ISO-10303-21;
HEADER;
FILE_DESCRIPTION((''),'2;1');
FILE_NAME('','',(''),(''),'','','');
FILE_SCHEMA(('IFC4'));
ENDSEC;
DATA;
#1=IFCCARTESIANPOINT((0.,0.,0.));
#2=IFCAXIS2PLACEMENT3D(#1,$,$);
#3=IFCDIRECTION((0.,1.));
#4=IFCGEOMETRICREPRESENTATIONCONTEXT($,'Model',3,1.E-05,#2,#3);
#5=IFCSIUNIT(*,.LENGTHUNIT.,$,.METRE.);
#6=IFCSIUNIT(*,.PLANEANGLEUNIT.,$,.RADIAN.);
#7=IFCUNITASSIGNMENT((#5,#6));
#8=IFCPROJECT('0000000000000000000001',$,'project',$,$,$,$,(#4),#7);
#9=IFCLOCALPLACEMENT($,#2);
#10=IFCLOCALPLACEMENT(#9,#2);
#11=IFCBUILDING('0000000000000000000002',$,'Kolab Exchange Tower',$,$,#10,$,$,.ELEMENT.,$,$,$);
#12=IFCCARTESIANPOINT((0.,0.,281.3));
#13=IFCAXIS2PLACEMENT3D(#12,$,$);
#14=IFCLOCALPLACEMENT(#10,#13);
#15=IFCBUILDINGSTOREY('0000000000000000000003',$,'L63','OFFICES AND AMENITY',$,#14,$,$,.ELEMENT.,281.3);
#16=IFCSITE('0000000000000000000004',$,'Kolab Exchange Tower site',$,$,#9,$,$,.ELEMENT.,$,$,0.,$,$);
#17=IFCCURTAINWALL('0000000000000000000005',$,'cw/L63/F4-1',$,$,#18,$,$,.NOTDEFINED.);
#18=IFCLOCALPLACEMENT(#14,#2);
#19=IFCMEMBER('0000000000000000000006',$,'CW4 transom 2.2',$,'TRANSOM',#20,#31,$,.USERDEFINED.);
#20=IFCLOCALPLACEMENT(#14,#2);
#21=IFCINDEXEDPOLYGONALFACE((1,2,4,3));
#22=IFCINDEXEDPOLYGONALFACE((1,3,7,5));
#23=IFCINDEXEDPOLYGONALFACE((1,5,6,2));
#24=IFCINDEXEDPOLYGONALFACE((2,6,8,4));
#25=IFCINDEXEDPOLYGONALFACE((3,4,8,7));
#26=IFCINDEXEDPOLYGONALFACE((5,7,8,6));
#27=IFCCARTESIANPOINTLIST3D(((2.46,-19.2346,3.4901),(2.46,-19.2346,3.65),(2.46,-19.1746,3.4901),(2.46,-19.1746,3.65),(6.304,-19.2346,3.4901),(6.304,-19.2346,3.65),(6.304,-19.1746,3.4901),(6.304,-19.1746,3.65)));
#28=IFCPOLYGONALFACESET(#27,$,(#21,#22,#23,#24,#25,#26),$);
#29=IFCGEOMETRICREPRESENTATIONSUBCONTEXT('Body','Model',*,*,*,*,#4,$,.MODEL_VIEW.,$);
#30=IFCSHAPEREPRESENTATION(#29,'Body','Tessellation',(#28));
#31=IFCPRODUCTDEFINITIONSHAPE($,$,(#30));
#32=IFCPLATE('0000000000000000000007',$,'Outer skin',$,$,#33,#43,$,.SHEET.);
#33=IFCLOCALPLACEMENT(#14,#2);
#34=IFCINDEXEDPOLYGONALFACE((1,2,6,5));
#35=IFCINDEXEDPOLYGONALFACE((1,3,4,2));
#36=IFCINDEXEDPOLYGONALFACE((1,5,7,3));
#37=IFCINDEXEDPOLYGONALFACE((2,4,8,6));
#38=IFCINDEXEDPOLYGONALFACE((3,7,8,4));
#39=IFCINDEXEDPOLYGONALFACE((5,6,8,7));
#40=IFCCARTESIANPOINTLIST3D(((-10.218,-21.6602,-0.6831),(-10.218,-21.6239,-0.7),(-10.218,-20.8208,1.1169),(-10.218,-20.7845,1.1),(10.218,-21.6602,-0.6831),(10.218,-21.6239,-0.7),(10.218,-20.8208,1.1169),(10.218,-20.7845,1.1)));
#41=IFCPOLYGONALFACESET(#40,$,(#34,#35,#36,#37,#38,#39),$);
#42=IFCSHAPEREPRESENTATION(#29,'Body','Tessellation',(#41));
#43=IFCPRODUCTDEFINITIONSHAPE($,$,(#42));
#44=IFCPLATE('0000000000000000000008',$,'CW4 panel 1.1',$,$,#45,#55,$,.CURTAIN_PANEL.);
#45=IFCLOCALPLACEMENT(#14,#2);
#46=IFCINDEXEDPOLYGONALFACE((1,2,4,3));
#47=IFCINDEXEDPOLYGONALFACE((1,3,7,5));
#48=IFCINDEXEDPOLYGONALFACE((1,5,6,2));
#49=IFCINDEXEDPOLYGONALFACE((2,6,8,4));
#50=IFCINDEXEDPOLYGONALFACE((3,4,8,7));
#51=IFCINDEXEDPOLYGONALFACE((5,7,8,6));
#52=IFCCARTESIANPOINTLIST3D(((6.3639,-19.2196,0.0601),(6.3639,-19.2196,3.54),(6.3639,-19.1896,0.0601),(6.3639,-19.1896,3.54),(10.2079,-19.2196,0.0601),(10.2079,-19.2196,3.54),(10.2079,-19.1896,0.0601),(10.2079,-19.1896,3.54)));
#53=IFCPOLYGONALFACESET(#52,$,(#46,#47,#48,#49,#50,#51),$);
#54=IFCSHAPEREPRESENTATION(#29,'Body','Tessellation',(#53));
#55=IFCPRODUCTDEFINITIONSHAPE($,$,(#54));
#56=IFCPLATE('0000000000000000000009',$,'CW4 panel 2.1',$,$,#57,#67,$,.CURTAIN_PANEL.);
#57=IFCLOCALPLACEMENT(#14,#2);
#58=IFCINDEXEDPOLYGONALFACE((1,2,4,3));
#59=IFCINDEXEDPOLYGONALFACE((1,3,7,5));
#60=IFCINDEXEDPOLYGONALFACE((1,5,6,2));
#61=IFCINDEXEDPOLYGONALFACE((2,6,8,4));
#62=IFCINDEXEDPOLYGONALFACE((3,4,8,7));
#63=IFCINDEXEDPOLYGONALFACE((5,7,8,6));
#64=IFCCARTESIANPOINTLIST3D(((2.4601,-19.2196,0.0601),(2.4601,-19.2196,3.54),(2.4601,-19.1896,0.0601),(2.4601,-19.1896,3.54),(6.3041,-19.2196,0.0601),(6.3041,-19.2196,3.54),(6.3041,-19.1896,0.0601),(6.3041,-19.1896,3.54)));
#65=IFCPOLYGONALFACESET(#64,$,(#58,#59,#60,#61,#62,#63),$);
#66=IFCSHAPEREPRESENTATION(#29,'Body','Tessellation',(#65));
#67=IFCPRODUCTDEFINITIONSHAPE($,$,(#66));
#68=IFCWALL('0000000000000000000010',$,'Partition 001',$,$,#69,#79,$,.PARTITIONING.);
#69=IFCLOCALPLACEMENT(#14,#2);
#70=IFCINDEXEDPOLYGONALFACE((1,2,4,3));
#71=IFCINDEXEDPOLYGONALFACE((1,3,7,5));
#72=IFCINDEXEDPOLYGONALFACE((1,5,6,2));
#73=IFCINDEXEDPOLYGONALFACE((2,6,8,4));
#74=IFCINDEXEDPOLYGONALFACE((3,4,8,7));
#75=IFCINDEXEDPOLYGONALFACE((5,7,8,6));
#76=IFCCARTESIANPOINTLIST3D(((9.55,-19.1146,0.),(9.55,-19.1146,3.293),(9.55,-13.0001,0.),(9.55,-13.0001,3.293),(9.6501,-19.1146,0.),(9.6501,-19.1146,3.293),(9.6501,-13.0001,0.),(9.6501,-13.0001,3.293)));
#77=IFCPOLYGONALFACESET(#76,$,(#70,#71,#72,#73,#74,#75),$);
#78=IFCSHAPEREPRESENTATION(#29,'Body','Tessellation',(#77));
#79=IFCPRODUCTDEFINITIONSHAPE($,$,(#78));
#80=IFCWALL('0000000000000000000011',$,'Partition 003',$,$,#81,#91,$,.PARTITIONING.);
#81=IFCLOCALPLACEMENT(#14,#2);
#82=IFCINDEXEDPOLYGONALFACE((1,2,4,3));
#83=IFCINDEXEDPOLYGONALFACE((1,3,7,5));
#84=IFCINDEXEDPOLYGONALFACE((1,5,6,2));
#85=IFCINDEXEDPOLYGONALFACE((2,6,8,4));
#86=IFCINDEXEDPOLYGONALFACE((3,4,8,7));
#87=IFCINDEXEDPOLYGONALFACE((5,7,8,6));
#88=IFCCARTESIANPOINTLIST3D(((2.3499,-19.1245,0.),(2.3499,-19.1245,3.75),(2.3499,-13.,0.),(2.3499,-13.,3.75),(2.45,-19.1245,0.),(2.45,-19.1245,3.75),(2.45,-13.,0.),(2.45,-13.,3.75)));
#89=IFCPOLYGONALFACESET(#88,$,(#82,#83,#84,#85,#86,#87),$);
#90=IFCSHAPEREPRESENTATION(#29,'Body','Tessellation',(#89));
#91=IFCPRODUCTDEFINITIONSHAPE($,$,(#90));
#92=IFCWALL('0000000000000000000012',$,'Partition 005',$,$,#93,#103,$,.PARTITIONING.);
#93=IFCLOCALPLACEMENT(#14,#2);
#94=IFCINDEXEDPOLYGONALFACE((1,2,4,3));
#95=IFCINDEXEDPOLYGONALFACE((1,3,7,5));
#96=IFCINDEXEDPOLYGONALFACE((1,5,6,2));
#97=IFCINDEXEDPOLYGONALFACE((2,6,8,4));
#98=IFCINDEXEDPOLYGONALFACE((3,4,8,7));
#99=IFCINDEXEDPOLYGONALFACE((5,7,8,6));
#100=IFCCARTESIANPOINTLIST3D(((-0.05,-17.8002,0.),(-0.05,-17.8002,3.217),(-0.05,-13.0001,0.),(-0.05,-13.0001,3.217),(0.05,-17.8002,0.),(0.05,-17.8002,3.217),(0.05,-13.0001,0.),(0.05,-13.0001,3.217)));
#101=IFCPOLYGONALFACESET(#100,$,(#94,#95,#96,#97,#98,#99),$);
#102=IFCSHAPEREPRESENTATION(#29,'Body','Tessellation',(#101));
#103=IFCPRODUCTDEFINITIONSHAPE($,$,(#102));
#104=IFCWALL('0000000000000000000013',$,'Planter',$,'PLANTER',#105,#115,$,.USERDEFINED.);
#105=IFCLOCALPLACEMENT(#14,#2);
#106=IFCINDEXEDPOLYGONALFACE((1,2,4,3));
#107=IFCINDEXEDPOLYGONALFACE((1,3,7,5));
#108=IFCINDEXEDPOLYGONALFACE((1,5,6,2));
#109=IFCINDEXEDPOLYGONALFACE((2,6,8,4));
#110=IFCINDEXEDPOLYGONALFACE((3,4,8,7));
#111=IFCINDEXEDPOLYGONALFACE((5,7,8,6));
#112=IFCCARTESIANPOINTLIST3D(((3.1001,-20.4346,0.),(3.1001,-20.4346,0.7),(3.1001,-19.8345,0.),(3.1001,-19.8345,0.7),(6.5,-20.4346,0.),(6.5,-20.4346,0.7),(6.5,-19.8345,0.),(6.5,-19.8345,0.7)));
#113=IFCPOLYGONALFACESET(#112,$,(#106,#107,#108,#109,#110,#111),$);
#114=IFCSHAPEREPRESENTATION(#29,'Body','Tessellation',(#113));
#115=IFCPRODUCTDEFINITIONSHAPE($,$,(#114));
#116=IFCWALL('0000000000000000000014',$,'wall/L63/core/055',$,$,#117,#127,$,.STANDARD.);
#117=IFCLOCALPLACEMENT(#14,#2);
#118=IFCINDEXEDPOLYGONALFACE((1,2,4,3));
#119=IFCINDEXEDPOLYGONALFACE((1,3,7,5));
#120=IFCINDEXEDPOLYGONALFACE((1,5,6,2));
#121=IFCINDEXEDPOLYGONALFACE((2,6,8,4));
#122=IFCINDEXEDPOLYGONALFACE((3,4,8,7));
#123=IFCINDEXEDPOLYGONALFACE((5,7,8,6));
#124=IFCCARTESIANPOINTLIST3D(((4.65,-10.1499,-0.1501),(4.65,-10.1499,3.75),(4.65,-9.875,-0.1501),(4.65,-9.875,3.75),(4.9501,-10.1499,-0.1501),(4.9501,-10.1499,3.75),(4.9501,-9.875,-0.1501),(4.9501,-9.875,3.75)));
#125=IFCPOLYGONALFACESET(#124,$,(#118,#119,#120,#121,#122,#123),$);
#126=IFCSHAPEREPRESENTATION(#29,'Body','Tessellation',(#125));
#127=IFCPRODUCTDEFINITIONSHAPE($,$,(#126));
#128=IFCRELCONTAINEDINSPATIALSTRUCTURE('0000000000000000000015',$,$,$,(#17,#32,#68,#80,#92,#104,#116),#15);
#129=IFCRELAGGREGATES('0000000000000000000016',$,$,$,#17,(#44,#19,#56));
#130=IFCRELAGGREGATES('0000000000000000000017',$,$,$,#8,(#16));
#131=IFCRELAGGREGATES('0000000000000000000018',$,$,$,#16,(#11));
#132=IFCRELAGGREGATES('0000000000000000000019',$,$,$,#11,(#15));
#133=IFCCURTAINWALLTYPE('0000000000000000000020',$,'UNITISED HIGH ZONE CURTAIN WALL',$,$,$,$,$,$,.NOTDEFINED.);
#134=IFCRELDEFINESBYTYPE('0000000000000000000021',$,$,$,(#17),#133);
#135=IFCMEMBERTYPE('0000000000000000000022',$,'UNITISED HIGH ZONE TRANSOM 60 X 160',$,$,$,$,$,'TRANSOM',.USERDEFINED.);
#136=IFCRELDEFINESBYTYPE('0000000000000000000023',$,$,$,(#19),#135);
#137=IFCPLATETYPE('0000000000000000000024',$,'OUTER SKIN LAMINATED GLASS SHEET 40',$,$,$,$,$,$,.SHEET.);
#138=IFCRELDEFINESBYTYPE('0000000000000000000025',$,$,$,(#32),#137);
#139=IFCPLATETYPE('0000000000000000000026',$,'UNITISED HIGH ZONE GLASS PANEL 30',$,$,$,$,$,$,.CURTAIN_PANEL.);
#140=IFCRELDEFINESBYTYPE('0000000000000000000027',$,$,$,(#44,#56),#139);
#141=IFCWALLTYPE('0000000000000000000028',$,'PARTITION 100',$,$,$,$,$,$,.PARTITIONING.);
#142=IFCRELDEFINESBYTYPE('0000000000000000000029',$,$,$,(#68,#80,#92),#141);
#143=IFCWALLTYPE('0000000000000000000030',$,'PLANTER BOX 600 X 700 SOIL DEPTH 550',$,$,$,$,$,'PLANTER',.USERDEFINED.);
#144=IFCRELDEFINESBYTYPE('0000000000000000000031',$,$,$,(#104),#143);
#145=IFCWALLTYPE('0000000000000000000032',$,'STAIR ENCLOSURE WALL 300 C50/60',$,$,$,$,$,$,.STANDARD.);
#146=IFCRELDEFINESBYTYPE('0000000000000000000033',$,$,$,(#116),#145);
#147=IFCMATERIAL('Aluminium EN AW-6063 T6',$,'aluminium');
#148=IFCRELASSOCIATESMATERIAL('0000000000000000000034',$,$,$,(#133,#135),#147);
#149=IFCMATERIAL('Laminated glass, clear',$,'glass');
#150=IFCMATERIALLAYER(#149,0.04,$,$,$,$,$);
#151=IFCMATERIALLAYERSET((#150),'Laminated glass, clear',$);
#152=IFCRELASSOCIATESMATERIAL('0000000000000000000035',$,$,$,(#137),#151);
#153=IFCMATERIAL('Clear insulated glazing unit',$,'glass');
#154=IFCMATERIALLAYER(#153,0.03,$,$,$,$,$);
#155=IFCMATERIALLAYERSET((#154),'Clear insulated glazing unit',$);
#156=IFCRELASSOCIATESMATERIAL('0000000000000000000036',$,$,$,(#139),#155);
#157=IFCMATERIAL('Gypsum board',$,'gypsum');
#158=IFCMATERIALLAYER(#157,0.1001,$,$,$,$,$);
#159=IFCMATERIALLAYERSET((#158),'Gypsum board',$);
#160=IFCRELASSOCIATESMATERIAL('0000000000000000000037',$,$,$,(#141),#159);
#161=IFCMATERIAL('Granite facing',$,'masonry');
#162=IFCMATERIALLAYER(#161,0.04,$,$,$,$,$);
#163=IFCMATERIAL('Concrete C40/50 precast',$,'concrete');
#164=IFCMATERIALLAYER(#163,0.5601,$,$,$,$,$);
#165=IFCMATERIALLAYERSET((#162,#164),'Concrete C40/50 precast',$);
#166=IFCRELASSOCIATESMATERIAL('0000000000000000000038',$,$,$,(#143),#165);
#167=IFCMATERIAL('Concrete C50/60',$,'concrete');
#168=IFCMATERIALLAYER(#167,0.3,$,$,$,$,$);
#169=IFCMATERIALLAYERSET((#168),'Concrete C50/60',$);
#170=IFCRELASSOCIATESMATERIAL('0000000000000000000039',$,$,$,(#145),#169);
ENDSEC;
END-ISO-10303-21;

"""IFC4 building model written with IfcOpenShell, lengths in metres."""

from ifc_helpers import new_model, si_unit, direction, frame, frame_2d, origin, origin_2d, place, context, subcontext, project, spatial, polyline, rectangle, outline, extrude, material, layer, layer_set, material_profile, profile_set, type_object, element, aggregate, save


model = new_model("IFC4")

# Units and contexts
model_context = context("Model", 3, precision=1e-05, world=origin(), true_north=direction((0.0, 1.0)))
body_context = subcontext(model_context, "Body", "Model", "MODEL_VIEW")
ifc_project = project(units=[si_unit("LENGTHUNIT", "METRE"), si_unit("PLANEANGLEUNIT", "RADIAN")], contexts=[model_context])

# Site, building, storey
site_placement = place(None, origin())
site = spatial("IfcSite", under=ifc_project, at=site_placement, Name="Kolab Exchange Tower site", CompositionType="ELEMENT", RefElevation=0.0)
building_placement = place(site_placement, origin())
building = spatial("IfcBuilding", under=site, at=building_placement, Name="Kolab Exchange Tower", CompositionType="ELEMENT")
storey_placement = place(building_placement, frame((0.0, 0.0, 281.3)))
storey = spatial("IfcBuildingStorey", under=building, at=storey_placement, Name="L63", Description="OFFICES AND AMENITY", CompositionType="ELEMENT", Elevation=281.3)

# Shared definitions
ifc_material_1 = material(Name="Concrete C50/60", Category="concrete")

# Curtain wall
ifc_material_2 = material(Name="Aluminium EN AW-6063 T6", Category="aluminium")
curtain_wall_type = type_object("IfcCurtainWallType", Name="UNITISED HIGH ZONE CURTAIN WALL", PredefinedType="NOTDEFINED", material=ifc_material_2)
curtain_wall_1_placement = place(storey_placement, origin())
curtain_wall_1 = element("IfcCurtainWall", 1, at=curtain_wall_1_placement, inside=storey, type_object=curtain_wall_type, Name="cw/L63/F4-1", PredefinedType="NOTDEFINED")

# Member
ifc_material_profile_1 = material_profile(ifc_material_2, rectangle(XDim=0.0601, YDim=0.1599, at=origin_2d()), Name="RECT 60X160")
ifc_profile_set_1 = profile_set([ifc_material_profile_1], Name="Aluminium EN AW-6063 T6")
member_type_1 = type_object("IfcMemberType", Name="UNITISED HIGH ZONE TRANSOM 60 X 160", ElementType="TRANSOM", PredefinedType="USERDEFINED", material=ifc_profile_set_1)
member_1_placement = place(storey_placement, frame((6.304, -19.2046, 3.5701), z_axis=(-1.0, 0.0, 0.0), x_axis=(0.0, -1.0, 0.0)))
member_1 = element("IfcMember", 2, at=member_1_placement, type_object=member_type_1, Name="CW4 transom 2.2", ObjectType="TRANSOM", PredefinedType="USERDEFINED", context=body_context, shape_type="SweptSolid", body=[
    extrude(rectangle(XDim=0.0601, YDim=0.1599, at=origin_2d()), origin(), (0.0, 0.0, 1.0), 3.844),
])

# Plates
ifc_material_3 = material(Name="Laminated glass, clear", Category="glass")
ifc_layer_1 = layer(ifc_material_3, 0.04)
ifc_layer_set_1 = layer_set([ifc_layer_1], Name="Laminated glass, clear")
plate_type_1 = type_object("IfcPlateType", Name="OUTER SKIN LAMINATED GLASS SHEET 40", PredefinedType="SHEET", material=ifc_layer_set_1)
plate_1_placement = place(storey_placement, frame((10.218, -21.6602, -0.6831), z_axis=(0.0, -0.906312, 0.42261), x_axis=(-1.0, 0.0, 0.0)))
element("IfcPlate", 3, at=plate_1_placement, inside=storey, type_object=plate_type_1, Name="Outer skin", PredefinedType="SHEET", context=body_context, shape_type="SweptSolid", body=[
    extrude(outline(polyline([(0.0, 0.0), (20.436, 0.0), (20.436, -1.9861), (0.0, -1.9861), (0.0, 0.0)])), origin(), (0.0, 0.0, -1.0), 0.04),
])
ifc_material_4 = material(Name="Clear insulated glazing unit", Category="glass")
ifc_layer_2 = layer(ifc_material_4, 0.03)
ifc_layer_set_2 = layer_set([ifc_layer_2], Name="Clear insulated glazing unit")
plate_type_2 = type_object("IfcPlateType", Name="UNITISED HIGH ZONE GLASS PANEL 30", PredefinedType="CURTAIN_PANEL", material=ifc_layer_set_2)
plate_2_placement = place(storey_placement, frame((8.2859, -19.2046, 0.0601), z_axis=(0.0, 0.0, 1.0), x_axis=(-1.0, 0.0, 0.0)))
plate_2 = element("IfcPlate", 4, at=plate_2_placement, type_object=plate_type_2, Name="CW4 panel 1.1", PredefinedType="CURTAIN_PANEL", context=body_context, shape_type="SweptSolid", body=[
    extrude(rectangle(XDim=3.844, YDim=0.03, at=origin_2d()), origin(), (0.0, 0.0, 1.0), 3.48),
])
plate_3_placement = place(storey_placement, frame((4.3821, -19.2046, 0.0601), z_axis=(0.0, 0.0, 1.0), x_axis=(-1.0, 0.0, 0.0)))
plate_3 = element("IfcPlate", 5, at=plate_3_placement, type_object=plate_type_2, Name="CW4 panel 2.1", PredefinedType="CURTAIN_PANEL", context=body_context, shape_type="SweptSolid", body=[
    extrude(rectangle(XDim=3.844, YDim=0.03, at=origin_2d()), origin(), (0.0, 0.0, 1.0), 3.48),
])
aggregate(curtain_wall_1, [plate_2, member_1, plate_3])

# Walls
ifc_material_5 = material(Name="Gypsum board", Category="gypsum")
ifc_layer_3 = layer(ifc_material_5, 0.1001)
ifc_layer_set_3 = layer_set([ifc_layer_3], Name="Gypsum board")
wall_type_1 = type_object("IfcWallType", Name="PARTITION 100", PredefinedType="PARTITIONING", material=ifc_layer_set_3)
wall_1_placement = place(storey_placement, frame((9.6001, -19.1145, 0.0), z_axis=(0.0, 0.0, 1.0), x_axis=(0.0, 1.0, 0.0)))
element("IfcWall", 6, at=wall_1_placement, inside=storey, type_object=wall_type_1, Name="Partition 001", PredefinedType="PARTITIONING", context=body_context, shape_type="SweptSolid", body=[
    extrude(rectangle(XDim=6.1145, YDim=0.1001, at=frame_2d((3.0571, 0.0))), origin(), (0.0, 0.0, 1.0), 3.293),
])
wall_2_placement = place(storey_placement, frame((2.3999, -19.1245, 0.0), z_axis=(0.0, 0.0, 1.0), x_axis=(0.0, 1.0, 0.0)))
element("IfcWall", 7, at=wall_2_placement, inside=storey, type_object=wall_type_1, Name="Partition 003", PredefinedType="PARTITIONING", context=body_context, shape_type="SweptSolid", body=[
    extrude(rectangle(XDim=6.1245, YDim=0.1001, at=frame_2d((3.0623, 0.0))), origin(), (0.0, 0.0, 1.0), 3.75),
])
wall_3_placement = place(storey_placement, frame((0.0, -17.8, 0.0), z_axis=(0.0, 0.0, 1.0), x_axis=(0.0, 1.0, 0.0)))
element("IfcWall", 8, at=wall_3_placement, inside=storey, type_object=wall_type_1, Name="Partition 005", PredefinedType="PARTITIONING", context=body_context, shape_type="SweptSolid", body=[
    extrude(rectangle(XDim=4.8, YDim=0.1001, at=frame_2d((2.3999, 0.0))), origin(), (0.0, 0.0, 1.0), 3.217),
])
ifc_material_6 = material(Name="Granite facing", Category="masonry")
ifc_layer_4 = layer(ifc_material_6, 0.04)
ifc_material_7 = material(Name="Concrete C40/50 precast", Category="concrete")
ifc_layer_5 = layer(ifc_material_7, 0.5601)
ifc_layer_set_4 = layer_set([ifc_layer_4, ifc_layer_5], Name="Concrete C40/50 precast")
wall_type_2 = type_object("IfcWallType", Name="PLANTER BOX 600 X 700 SOIL DEPTH 550", ElementType="PLANTER", PredefinedType="USERDEFINED", material=ifc_layer_set_4)
wall_4_placement = place(storey_placement, frame((6.5, -20.1345, 0.0), z_axis=(0.0, 0.0, 1.0), x_axis=(-1.0, 0.0, 0.0)))
element("IfcWall", 9, at=wall_4_placement, inside=storey, type_object=wall_type_2, Name="Planter", ObjectType="PLANTER", PredefinedType="USERDEFINED", context=body_context, shape_type="SweptSolid", body=[
    extrude(rectangle(XDim=3.3999, YDim=0.6001, at=frame_2d((1.7, 0.0))), origin(), (0.0, 0.0, 1.0), 0.7),
])
ifc_layer_6 = layer(ifc_material_1, 0.3)
ifc_layer_set_5 = layer_set([ifc_layer_6], Name="Concrete C50/60")
wall_type_3 = type_object("IfcWallType", Name="STAIR ENCLOSURE WALL 300 C50/60", PredefinedType="STANDARD", material=ifc_layer_set_5)
wall_5_placement = place(storey_placement, frame((4.8, -10.1499, -0.1501), z_axis=(0.0, 0.0, 1.0), x_axis=(0.0, 1.0, 0.0)))
element("IfcWall", 10, at=wall_5_placement, inside=storey, type_object=wall_type_3, Name="wall/L63/core/055", PredefinedType="STANDARD", context=body_context, shape_type="SweptSolid", body=[
    extrude(rectangle(XDim=0.2749, YDim=0.3, at=frame_2d((0.1375, 0.0))), origin(), (0.0, 0.0, 1.0), 3.9001),
])

save(model, "model.ifc")
